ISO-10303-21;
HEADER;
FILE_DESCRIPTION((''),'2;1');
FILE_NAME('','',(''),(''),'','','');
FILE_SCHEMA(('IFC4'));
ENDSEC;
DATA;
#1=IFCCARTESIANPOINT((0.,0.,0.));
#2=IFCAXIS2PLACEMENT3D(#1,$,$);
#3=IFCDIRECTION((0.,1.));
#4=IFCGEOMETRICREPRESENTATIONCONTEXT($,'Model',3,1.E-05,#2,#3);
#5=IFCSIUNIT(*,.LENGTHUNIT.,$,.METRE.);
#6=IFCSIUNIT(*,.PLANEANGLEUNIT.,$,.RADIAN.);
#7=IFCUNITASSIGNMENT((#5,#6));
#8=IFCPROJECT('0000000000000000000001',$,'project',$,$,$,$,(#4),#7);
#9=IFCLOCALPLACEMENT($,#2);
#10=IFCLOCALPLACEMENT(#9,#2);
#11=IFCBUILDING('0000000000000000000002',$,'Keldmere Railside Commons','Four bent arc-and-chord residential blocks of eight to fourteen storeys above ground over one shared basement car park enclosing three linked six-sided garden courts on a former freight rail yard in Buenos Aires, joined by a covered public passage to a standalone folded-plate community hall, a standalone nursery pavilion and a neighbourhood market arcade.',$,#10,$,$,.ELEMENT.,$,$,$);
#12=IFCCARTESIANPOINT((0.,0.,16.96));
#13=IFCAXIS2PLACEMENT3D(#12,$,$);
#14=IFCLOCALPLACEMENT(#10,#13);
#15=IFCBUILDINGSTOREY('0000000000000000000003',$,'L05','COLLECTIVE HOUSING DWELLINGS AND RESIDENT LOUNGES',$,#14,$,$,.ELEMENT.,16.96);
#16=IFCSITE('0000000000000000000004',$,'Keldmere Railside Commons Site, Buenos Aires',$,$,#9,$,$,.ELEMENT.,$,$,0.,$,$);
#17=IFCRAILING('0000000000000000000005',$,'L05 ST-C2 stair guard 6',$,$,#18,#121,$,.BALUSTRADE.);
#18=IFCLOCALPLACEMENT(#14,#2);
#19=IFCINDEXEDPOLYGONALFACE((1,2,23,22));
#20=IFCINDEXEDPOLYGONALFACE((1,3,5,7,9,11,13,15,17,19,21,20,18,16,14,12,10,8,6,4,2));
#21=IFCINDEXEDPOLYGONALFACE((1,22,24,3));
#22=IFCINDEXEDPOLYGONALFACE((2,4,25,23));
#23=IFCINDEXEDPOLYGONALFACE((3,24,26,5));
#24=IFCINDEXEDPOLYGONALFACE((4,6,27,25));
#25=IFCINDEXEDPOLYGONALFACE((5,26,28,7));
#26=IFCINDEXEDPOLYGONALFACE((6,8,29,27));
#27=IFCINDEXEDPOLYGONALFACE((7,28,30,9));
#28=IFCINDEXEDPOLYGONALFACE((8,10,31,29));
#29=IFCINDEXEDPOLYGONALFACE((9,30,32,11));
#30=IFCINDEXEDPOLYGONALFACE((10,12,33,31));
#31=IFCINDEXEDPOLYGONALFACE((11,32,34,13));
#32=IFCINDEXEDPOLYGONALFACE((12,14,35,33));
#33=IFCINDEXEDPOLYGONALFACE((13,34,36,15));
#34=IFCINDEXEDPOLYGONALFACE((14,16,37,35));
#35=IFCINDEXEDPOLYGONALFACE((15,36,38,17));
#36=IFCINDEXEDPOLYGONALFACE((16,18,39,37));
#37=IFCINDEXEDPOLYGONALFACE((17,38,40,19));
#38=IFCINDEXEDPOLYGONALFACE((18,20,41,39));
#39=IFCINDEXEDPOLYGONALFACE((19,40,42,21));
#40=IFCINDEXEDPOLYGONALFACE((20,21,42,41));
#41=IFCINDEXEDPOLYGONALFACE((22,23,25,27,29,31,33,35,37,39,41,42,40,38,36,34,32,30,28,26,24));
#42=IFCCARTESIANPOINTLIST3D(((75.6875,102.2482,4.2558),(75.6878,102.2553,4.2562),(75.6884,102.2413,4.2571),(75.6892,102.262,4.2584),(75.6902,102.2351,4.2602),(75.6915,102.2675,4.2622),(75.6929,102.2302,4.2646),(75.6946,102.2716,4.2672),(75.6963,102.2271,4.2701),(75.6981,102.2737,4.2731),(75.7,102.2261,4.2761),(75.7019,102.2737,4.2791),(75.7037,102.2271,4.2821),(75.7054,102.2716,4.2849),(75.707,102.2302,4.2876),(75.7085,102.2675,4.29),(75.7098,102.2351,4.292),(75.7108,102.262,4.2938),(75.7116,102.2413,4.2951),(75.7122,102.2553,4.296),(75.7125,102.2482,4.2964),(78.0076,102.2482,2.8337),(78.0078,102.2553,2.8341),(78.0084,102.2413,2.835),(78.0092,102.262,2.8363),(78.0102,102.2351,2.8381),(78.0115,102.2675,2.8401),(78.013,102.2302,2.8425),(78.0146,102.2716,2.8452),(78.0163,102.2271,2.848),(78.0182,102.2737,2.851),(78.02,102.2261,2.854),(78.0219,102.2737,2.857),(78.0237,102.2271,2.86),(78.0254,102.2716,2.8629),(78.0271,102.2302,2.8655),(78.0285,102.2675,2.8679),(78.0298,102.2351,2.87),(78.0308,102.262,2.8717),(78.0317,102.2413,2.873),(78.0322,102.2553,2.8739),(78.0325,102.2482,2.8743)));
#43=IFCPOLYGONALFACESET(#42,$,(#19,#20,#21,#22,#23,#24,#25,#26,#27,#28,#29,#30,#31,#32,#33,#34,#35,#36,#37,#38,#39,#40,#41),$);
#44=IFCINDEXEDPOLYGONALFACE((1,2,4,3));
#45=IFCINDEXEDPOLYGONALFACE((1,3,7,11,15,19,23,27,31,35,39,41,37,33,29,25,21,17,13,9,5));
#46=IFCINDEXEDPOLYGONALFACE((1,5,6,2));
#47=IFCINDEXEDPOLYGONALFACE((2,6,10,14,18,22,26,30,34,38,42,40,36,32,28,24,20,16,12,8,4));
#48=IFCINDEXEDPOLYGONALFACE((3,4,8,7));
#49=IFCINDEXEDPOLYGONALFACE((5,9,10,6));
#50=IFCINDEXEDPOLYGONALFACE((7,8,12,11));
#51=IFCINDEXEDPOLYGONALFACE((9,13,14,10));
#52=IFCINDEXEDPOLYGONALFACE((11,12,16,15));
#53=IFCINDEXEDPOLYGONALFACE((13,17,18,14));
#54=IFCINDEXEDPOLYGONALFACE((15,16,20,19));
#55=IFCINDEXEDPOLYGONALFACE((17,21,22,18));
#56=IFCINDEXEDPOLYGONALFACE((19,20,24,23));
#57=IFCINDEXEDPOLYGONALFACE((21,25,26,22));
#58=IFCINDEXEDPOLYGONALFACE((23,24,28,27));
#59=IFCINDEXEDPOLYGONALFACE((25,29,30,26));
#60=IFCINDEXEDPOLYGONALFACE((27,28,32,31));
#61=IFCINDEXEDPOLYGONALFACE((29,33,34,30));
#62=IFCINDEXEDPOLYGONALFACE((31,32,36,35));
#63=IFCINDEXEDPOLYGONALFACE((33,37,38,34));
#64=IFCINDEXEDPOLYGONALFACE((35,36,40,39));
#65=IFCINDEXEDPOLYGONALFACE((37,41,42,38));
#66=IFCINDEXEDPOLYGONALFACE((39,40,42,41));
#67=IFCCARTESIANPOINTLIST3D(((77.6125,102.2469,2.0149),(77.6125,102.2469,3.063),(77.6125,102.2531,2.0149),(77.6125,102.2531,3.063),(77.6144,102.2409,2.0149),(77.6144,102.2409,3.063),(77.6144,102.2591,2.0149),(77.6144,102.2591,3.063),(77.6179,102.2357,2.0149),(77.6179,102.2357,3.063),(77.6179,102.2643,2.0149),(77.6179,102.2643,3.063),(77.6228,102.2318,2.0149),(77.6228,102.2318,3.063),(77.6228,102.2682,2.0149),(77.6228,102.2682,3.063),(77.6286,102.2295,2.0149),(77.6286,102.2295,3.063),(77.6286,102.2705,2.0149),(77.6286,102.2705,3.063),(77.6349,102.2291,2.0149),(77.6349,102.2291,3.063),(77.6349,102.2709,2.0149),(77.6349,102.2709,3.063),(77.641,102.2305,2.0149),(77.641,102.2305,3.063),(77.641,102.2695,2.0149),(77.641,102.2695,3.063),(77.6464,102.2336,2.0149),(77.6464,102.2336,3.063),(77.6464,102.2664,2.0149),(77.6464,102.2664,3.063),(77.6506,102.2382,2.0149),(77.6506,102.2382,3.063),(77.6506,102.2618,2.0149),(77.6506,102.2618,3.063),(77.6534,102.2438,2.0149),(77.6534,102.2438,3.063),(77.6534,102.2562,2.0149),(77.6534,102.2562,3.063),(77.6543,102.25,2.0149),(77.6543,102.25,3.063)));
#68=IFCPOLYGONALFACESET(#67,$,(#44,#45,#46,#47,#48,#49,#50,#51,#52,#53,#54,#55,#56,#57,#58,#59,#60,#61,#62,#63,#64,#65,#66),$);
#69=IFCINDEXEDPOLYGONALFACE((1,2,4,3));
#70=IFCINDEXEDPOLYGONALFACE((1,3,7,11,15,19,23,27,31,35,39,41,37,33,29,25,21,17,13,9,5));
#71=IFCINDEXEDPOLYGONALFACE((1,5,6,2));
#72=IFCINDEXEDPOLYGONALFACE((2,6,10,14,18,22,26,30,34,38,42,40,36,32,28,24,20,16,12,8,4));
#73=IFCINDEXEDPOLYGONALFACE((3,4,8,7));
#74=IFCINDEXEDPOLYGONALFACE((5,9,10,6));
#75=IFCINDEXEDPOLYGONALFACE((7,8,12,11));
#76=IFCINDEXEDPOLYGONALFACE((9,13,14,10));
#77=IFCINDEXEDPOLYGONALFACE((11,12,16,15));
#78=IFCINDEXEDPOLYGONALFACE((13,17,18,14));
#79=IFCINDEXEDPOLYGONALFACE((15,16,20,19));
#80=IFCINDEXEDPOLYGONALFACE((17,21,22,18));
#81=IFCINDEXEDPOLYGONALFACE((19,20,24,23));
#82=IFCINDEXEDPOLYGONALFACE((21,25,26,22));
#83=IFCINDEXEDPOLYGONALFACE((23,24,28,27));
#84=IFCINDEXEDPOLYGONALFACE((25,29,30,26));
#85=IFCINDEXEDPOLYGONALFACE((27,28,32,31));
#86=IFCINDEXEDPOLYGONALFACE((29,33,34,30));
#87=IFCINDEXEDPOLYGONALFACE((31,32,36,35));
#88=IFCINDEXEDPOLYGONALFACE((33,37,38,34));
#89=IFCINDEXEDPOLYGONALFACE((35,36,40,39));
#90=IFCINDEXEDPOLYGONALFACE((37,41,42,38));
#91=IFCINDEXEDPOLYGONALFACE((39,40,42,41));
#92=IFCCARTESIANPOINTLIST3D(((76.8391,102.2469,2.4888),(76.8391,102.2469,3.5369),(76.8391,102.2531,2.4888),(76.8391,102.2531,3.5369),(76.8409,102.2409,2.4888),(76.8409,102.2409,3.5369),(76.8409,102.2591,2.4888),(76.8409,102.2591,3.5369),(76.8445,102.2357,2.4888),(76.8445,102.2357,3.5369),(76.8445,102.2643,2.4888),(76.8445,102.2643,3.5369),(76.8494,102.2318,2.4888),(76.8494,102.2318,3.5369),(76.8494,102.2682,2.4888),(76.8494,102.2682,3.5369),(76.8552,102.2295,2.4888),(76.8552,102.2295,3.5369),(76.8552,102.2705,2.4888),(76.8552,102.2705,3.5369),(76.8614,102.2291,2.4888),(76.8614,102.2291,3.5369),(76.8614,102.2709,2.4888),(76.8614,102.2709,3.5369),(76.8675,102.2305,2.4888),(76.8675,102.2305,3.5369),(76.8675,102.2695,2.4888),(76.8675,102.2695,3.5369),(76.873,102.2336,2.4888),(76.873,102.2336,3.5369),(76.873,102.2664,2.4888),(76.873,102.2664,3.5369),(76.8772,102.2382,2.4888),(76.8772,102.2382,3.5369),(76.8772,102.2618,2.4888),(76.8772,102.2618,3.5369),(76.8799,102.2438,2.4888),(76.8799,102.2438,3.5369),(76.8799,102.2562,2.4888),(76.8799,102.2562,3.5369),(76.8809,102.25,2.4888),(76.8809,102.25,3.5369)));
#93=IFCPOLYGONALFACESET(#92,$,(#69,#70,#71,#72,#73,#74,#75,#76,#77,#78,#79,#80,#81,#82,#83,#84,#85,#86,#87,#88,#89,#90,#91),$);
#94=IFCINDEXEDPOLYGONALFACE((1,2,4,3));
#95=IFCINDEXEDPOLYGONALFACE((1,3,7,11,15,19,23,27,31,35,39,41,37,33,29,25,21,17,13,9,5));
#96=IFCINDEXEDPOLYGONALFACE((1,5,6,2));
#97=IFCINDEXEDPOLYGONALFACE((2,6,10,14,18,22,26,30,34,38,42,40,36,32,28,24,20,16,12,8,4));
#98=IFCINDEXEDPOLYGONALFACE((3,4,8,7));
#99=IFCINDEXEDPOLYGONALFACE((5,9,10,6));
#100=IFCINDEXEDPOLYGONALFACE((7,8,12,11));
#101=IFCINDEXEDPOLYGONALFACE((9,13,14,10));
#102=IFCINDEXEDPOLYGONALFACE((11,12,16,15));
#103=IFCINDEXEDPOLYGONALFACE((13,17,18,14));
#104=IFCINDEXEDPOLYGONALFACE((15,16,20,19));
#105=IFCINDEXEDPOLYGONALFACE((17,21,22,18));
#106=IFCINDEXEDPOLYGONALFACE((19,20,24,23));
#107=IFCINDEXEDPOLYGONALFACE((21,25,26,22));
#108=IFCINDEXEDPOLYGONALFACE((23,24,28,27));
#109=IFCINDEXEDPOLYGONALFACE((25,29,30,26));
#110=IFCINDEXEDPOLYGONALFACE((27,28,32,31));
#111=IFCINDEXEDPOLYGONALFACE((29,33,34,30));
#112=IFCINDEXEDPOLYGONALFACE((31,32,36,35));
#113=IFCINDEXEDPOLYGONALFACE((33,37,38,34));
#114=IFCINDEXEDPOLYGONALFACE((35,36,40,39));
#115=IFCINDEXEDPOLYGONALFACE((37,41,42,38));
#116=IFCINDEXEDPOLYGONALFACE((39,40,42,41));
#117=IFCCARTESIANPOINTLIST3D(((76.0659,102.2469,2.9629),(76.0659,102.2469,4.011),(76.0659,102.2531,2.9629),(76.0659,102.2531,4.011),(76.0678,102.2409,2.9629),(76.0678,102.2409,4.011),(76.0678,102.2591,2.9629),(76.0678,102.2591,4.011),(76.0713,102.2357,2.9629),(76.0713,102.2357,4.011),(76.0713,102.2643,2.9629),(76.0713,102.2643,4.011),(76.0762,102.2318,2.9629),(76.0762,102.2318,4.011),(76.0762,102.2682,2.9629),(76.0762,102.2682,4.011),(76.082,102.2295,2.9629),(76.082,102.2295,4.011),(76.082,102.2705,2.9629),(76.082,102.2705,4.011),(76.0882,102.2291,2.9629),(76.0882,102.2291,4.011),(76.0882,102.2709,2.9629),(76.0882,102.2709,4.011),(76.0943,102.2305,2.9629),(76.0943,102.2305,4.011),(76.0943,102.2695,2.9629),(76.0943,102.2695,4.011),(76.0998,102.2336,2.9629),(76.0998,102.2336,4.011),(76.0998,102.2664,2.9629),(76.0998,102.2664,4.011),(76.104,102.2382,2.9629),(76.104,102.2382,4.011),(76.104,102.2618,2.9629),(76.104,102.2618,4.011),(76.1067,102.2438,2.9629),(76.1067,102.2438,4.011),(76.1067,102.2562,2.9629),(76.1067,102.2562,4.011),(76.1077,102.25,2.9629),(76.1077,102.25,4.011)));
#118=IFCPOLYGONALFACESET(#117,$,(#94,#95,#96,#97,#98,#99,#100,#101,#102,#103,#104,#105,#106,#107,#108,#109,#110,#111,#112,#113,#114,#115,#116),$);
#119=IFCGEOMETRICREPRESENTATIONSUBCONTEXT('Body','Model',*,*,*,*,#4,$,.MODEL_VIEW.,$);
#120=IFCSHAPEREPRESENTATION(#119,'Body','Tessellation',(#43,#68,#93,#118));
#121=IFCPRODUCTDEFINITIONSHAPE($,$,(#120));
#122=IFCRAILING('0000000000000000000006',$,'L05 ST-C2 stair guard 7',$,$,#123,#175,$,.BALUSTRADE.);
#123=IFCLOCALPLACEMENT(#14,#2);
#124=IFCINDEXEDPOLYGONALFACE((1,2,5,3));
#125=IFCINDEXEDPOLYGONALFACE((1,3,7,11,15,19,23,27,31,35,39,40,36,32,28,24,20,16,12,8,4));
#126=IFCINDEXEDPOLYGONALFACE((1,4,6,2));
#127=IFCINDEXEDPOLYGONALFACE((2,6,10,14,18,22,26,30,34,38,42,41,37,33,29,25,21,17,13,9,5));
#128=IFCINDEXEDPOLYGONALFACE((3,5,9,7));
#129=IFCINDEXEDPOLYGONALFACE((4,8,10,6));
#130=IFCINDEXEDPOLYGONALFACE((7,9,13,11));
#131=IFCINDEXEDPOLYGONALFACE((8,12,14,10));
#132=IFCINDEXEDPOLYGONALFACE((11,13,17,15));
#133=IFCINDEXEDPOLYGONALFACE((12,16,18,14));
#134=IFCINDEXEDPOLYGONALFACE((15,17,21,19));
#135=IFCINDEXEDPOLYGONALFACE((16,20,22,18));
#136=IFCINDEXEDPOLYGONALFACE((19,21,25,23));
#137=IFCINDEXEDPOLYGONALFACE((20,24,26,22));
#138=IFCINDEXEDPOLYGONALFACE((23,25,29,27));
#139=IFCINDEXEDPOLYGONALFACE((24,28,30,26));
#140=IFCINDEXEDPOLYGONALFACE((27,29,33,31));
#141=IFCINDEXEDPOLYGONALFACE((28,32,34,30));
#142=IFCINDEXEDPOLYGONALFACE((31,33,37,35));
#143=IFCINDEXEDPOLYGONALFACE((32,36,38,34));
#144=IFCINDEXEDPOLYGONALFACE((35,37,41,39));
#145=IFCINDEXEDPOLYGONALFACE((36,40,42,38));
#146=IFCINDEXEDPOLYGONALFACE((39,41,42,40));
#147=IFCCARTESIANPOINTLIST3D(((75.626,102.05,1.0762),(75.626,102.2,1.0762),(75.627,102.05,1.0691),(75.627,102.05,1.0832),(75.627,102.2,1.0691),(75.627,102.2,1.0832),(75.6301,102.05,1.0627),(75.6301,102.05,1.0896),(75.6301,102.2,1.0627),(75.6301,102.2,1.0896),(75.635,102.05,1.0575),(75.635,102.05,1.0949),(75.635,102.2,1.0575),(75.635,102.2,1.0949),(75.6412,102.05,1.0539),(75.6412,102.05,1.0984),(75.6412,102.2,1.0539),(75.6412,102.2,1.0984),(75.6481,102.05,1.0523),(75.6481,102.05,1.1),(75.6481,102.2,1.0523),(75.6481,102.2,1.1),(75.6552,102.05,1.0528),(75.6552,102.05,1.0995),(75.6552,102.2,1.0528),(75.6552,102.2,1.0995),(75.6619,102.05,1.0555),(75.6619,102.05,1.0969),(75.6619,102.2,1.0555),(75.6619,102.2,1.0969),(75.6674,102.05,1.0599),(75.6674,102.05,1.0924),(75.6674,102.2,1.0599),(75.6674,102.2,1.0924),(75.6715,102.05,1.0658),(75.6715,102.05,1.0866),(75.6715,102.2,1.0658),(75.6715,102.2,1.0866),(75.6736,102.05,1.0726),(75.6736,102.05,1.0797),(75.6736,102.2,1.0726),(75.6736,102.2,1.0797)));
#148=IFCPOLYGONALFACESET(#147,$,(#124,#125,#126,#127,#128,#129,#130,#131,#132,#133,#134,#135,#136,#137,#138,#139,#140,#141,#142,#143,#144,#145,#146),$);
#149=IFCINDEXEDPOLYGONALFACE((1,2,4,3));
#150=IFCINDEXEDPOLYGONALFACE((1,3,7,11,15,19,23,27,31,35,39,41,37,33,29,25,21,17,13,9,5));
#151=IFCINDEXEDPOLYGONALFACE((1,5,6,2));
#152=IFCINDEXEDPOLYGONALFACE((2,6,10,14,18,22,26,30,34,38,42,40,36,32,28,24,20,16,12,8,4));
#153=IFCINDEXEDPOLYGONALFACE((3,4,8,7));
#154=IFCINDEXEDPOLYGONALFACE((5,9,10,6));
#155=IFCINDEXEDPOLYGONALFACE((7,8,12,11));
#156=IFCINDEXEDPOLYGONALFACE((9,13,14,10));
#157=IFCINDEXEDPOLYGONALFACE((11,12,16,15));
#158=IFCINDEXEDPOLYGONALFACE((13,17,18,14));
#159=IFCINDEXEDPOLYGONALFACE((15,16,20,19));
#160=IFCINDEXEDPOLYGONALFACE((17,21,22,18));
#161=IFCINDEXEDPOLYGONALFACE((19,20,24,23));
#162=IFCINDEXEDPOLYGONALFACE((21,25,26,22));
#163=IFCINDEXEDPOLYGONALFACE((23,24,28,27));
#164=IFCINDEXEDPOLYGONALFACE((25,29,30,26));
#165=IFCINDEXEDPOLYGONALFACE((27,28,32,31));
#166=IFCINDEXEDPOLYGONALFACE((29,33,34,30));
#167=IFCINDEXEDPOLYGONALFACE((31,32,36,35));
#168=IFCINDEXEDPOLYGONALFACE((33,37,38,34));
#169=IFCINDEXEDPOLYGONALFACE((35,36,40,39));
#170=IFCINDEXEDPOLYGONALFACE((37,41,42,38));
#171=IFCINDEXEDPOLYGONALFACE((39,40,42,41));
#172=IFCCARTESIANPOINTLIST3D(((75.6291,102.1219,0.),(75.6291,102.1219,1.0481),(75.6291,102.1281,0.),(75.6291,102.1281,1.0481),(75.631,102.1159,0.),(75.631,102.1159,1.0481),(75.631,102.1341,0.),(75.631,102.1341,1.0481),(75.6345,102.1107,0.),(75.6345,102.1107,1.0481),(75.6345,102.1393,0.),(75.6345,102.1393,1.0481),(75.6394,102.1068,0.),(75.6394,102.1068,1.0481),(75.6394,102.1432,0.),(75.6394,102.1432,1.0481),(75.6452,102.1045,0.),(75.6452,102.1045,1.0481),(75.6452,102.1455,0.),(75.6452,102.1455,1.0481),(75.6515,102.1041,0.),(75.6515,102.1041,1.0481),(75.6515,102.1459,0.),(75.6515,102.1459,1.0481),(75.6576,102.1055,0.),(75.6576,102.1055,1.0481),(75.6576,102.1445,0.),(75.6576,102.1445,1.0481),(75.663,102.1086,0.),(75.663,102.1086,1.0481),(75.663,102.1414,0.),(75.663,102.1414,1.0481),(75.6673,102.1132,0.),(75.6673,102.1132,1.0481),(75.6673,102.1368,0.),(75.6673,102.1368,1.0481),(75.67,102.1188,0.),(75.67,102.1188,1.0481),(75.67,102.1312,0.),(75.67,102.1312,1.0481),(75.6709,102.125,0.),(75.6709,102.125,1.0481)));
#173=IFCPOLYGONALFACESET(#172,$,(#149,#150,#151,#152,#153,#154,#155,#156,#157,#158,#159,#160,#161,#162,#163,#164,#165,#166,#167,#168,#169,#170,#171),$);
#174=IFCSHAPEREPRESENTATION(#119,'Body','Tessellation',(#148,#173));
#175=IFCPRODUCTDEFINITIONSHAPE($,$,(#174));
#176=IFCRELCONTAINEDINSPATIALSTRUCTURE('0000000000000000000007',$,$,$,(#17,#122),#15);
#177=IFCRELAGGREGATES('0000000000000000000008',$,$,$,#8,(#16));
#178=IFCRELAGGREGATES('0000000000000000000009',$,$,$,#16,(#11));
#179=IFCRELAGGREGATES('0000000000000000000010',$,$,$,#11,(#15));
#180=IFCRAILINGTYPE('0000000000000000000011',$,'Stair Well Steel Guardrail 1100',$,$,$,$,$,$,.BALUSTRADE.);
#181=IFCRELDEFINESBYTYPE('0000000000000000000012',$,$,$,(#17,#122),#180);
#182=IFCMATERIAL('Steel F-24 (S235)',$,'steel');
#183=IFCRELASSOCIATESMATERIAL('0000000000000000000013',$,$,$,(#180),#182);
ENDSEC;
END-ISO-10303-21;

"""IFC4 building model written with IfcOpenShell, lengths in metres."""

from ifc_helpers import new_model, si_unit, direction, frame, origin, origin_2d, place, context, subcontext, project, spatial, circle, extrude, material, type_object, element, save


model = new_model("IFC4")

# Units and contexts
model_context = context("Model", 3, precision=1e-05, world=origin(), true_north=direction((0.0, 1.0)))
body_context = subcontext(model_context, "Body", "Model", "MODEL_VIEW")
ifc_project = project(units=[si_unit("LENGTHUNIT", "METRE"), si_unit("PLANEANGLEUNIT", "RADIAN")], contexts=[model_context])

# Site, building, storey
site_placement = place(None, origin())
site = spatial("IfcSite", under=ifc_project, at=site_placement, Name="Keldmere Railside Commons Site, Buenos Aires", CompositionType="ELEMENT", RefElevation=0.0)
building_placement = place(site_placement, origin())
building = spatial("IfcBuilding", under=site, at=building_placement, Name="Keldmere Railside Commons", Description="Four bent arc-and-chord residential blocks of eight to fourteen storeys above ground over one shared basement car park enclosing three linked six-sided garden courts on a former freight rail yard in Buenos Aires, joined by a covered public passage to a standalone folded-plate community hall, a standalone nursery pavilion and a neighbourhood market arcade.", CompositionType="ELEMENT")
storey_placement = place(building_placement, frame((0.0, 0.0, 16.96)))
storey = spatial("IfcBuildingStorey", under=building, at=storey_placement, Name="L05", Description="COLLECTIVE HOUSING DWELLINGS AND RESIDENT LOUNGES", CompositionType="ELEMENT", Elevation=16.96)

# Railings
ifc_material_1 = material(Name="Steel F-24 (S235)", Category="steel")
railing_type_1 = type_object("IfcRailingType", Name="Stair Well Steel Guardrail 1100", PredefinedType="BALUSTRADE", material=ifc_material_1)
railing_1_placement = place(storey_placement, frame((78.02, 102.25, 1.7778)))
element("IfcRailing", 1, at=railing_1_placement, inside=storey, type_object=railing_type_1, Name="L05 ST-C2 stair guard 6", PredefinedType="BALUSTRADE", context=body_context, shape_type="SweptSolid", body=[
    extrude(circle(Radius=0.0239, at=origin_2d()), frame((0.0, 0.0, 1.0762), z_axis=(-0.852578, 0.0, 0.5226), x_axis=(0.0, -1.0, 0.0)), (0.0, 0.0, 1.0), 2.7212),
    extrude(circle(Radius=0.021, at=origin_2d()), frame((-0.3867, 0.0, 0.2371)), (0.0, 0.0, 1.0), 1.0481),
    extrude(circle(Radius=0.021, at=origin_2d()), frame((-1.1602, 0.0, 0.7109)), (0.0, 0.0, 1.0), 1.0481),
    extrude(circle(Radius=0.021, at=origin_2d()), frame((-1.9333, 0.0, 1.1851)), (0.0, 0.0, 1.0), 1.0481),
])
railing_2_placement = place(storey_placement, frame((75.6499, 102.05, 0.0)))
element("IfcRailing", 2, at=railing_2_placement, inside=storey, type_object=railing_type_1, Name="L05 ST-C2 stair guard 7", PredefinedType="BALUSTRADE", context=body_context, shape_type="SweptSolid", body=[
    extrude(circle(Radius=0.0239, at=origin_2d()), frame((0.0, 0.0, 1.0762), z_axis=(0.0, 1.0, 0.0), x_axis=(-1.0, 0.0, 0.0)), (0.0, 0.0, 1.0), 0.1499),
    extrude(circle(Radius=0.021, at=origin_2d()), frame((0.0, 0.075, 0.0)), (0.0, 0.0, 1.0), 1.0481),
])

save(model, "model.ifc")
